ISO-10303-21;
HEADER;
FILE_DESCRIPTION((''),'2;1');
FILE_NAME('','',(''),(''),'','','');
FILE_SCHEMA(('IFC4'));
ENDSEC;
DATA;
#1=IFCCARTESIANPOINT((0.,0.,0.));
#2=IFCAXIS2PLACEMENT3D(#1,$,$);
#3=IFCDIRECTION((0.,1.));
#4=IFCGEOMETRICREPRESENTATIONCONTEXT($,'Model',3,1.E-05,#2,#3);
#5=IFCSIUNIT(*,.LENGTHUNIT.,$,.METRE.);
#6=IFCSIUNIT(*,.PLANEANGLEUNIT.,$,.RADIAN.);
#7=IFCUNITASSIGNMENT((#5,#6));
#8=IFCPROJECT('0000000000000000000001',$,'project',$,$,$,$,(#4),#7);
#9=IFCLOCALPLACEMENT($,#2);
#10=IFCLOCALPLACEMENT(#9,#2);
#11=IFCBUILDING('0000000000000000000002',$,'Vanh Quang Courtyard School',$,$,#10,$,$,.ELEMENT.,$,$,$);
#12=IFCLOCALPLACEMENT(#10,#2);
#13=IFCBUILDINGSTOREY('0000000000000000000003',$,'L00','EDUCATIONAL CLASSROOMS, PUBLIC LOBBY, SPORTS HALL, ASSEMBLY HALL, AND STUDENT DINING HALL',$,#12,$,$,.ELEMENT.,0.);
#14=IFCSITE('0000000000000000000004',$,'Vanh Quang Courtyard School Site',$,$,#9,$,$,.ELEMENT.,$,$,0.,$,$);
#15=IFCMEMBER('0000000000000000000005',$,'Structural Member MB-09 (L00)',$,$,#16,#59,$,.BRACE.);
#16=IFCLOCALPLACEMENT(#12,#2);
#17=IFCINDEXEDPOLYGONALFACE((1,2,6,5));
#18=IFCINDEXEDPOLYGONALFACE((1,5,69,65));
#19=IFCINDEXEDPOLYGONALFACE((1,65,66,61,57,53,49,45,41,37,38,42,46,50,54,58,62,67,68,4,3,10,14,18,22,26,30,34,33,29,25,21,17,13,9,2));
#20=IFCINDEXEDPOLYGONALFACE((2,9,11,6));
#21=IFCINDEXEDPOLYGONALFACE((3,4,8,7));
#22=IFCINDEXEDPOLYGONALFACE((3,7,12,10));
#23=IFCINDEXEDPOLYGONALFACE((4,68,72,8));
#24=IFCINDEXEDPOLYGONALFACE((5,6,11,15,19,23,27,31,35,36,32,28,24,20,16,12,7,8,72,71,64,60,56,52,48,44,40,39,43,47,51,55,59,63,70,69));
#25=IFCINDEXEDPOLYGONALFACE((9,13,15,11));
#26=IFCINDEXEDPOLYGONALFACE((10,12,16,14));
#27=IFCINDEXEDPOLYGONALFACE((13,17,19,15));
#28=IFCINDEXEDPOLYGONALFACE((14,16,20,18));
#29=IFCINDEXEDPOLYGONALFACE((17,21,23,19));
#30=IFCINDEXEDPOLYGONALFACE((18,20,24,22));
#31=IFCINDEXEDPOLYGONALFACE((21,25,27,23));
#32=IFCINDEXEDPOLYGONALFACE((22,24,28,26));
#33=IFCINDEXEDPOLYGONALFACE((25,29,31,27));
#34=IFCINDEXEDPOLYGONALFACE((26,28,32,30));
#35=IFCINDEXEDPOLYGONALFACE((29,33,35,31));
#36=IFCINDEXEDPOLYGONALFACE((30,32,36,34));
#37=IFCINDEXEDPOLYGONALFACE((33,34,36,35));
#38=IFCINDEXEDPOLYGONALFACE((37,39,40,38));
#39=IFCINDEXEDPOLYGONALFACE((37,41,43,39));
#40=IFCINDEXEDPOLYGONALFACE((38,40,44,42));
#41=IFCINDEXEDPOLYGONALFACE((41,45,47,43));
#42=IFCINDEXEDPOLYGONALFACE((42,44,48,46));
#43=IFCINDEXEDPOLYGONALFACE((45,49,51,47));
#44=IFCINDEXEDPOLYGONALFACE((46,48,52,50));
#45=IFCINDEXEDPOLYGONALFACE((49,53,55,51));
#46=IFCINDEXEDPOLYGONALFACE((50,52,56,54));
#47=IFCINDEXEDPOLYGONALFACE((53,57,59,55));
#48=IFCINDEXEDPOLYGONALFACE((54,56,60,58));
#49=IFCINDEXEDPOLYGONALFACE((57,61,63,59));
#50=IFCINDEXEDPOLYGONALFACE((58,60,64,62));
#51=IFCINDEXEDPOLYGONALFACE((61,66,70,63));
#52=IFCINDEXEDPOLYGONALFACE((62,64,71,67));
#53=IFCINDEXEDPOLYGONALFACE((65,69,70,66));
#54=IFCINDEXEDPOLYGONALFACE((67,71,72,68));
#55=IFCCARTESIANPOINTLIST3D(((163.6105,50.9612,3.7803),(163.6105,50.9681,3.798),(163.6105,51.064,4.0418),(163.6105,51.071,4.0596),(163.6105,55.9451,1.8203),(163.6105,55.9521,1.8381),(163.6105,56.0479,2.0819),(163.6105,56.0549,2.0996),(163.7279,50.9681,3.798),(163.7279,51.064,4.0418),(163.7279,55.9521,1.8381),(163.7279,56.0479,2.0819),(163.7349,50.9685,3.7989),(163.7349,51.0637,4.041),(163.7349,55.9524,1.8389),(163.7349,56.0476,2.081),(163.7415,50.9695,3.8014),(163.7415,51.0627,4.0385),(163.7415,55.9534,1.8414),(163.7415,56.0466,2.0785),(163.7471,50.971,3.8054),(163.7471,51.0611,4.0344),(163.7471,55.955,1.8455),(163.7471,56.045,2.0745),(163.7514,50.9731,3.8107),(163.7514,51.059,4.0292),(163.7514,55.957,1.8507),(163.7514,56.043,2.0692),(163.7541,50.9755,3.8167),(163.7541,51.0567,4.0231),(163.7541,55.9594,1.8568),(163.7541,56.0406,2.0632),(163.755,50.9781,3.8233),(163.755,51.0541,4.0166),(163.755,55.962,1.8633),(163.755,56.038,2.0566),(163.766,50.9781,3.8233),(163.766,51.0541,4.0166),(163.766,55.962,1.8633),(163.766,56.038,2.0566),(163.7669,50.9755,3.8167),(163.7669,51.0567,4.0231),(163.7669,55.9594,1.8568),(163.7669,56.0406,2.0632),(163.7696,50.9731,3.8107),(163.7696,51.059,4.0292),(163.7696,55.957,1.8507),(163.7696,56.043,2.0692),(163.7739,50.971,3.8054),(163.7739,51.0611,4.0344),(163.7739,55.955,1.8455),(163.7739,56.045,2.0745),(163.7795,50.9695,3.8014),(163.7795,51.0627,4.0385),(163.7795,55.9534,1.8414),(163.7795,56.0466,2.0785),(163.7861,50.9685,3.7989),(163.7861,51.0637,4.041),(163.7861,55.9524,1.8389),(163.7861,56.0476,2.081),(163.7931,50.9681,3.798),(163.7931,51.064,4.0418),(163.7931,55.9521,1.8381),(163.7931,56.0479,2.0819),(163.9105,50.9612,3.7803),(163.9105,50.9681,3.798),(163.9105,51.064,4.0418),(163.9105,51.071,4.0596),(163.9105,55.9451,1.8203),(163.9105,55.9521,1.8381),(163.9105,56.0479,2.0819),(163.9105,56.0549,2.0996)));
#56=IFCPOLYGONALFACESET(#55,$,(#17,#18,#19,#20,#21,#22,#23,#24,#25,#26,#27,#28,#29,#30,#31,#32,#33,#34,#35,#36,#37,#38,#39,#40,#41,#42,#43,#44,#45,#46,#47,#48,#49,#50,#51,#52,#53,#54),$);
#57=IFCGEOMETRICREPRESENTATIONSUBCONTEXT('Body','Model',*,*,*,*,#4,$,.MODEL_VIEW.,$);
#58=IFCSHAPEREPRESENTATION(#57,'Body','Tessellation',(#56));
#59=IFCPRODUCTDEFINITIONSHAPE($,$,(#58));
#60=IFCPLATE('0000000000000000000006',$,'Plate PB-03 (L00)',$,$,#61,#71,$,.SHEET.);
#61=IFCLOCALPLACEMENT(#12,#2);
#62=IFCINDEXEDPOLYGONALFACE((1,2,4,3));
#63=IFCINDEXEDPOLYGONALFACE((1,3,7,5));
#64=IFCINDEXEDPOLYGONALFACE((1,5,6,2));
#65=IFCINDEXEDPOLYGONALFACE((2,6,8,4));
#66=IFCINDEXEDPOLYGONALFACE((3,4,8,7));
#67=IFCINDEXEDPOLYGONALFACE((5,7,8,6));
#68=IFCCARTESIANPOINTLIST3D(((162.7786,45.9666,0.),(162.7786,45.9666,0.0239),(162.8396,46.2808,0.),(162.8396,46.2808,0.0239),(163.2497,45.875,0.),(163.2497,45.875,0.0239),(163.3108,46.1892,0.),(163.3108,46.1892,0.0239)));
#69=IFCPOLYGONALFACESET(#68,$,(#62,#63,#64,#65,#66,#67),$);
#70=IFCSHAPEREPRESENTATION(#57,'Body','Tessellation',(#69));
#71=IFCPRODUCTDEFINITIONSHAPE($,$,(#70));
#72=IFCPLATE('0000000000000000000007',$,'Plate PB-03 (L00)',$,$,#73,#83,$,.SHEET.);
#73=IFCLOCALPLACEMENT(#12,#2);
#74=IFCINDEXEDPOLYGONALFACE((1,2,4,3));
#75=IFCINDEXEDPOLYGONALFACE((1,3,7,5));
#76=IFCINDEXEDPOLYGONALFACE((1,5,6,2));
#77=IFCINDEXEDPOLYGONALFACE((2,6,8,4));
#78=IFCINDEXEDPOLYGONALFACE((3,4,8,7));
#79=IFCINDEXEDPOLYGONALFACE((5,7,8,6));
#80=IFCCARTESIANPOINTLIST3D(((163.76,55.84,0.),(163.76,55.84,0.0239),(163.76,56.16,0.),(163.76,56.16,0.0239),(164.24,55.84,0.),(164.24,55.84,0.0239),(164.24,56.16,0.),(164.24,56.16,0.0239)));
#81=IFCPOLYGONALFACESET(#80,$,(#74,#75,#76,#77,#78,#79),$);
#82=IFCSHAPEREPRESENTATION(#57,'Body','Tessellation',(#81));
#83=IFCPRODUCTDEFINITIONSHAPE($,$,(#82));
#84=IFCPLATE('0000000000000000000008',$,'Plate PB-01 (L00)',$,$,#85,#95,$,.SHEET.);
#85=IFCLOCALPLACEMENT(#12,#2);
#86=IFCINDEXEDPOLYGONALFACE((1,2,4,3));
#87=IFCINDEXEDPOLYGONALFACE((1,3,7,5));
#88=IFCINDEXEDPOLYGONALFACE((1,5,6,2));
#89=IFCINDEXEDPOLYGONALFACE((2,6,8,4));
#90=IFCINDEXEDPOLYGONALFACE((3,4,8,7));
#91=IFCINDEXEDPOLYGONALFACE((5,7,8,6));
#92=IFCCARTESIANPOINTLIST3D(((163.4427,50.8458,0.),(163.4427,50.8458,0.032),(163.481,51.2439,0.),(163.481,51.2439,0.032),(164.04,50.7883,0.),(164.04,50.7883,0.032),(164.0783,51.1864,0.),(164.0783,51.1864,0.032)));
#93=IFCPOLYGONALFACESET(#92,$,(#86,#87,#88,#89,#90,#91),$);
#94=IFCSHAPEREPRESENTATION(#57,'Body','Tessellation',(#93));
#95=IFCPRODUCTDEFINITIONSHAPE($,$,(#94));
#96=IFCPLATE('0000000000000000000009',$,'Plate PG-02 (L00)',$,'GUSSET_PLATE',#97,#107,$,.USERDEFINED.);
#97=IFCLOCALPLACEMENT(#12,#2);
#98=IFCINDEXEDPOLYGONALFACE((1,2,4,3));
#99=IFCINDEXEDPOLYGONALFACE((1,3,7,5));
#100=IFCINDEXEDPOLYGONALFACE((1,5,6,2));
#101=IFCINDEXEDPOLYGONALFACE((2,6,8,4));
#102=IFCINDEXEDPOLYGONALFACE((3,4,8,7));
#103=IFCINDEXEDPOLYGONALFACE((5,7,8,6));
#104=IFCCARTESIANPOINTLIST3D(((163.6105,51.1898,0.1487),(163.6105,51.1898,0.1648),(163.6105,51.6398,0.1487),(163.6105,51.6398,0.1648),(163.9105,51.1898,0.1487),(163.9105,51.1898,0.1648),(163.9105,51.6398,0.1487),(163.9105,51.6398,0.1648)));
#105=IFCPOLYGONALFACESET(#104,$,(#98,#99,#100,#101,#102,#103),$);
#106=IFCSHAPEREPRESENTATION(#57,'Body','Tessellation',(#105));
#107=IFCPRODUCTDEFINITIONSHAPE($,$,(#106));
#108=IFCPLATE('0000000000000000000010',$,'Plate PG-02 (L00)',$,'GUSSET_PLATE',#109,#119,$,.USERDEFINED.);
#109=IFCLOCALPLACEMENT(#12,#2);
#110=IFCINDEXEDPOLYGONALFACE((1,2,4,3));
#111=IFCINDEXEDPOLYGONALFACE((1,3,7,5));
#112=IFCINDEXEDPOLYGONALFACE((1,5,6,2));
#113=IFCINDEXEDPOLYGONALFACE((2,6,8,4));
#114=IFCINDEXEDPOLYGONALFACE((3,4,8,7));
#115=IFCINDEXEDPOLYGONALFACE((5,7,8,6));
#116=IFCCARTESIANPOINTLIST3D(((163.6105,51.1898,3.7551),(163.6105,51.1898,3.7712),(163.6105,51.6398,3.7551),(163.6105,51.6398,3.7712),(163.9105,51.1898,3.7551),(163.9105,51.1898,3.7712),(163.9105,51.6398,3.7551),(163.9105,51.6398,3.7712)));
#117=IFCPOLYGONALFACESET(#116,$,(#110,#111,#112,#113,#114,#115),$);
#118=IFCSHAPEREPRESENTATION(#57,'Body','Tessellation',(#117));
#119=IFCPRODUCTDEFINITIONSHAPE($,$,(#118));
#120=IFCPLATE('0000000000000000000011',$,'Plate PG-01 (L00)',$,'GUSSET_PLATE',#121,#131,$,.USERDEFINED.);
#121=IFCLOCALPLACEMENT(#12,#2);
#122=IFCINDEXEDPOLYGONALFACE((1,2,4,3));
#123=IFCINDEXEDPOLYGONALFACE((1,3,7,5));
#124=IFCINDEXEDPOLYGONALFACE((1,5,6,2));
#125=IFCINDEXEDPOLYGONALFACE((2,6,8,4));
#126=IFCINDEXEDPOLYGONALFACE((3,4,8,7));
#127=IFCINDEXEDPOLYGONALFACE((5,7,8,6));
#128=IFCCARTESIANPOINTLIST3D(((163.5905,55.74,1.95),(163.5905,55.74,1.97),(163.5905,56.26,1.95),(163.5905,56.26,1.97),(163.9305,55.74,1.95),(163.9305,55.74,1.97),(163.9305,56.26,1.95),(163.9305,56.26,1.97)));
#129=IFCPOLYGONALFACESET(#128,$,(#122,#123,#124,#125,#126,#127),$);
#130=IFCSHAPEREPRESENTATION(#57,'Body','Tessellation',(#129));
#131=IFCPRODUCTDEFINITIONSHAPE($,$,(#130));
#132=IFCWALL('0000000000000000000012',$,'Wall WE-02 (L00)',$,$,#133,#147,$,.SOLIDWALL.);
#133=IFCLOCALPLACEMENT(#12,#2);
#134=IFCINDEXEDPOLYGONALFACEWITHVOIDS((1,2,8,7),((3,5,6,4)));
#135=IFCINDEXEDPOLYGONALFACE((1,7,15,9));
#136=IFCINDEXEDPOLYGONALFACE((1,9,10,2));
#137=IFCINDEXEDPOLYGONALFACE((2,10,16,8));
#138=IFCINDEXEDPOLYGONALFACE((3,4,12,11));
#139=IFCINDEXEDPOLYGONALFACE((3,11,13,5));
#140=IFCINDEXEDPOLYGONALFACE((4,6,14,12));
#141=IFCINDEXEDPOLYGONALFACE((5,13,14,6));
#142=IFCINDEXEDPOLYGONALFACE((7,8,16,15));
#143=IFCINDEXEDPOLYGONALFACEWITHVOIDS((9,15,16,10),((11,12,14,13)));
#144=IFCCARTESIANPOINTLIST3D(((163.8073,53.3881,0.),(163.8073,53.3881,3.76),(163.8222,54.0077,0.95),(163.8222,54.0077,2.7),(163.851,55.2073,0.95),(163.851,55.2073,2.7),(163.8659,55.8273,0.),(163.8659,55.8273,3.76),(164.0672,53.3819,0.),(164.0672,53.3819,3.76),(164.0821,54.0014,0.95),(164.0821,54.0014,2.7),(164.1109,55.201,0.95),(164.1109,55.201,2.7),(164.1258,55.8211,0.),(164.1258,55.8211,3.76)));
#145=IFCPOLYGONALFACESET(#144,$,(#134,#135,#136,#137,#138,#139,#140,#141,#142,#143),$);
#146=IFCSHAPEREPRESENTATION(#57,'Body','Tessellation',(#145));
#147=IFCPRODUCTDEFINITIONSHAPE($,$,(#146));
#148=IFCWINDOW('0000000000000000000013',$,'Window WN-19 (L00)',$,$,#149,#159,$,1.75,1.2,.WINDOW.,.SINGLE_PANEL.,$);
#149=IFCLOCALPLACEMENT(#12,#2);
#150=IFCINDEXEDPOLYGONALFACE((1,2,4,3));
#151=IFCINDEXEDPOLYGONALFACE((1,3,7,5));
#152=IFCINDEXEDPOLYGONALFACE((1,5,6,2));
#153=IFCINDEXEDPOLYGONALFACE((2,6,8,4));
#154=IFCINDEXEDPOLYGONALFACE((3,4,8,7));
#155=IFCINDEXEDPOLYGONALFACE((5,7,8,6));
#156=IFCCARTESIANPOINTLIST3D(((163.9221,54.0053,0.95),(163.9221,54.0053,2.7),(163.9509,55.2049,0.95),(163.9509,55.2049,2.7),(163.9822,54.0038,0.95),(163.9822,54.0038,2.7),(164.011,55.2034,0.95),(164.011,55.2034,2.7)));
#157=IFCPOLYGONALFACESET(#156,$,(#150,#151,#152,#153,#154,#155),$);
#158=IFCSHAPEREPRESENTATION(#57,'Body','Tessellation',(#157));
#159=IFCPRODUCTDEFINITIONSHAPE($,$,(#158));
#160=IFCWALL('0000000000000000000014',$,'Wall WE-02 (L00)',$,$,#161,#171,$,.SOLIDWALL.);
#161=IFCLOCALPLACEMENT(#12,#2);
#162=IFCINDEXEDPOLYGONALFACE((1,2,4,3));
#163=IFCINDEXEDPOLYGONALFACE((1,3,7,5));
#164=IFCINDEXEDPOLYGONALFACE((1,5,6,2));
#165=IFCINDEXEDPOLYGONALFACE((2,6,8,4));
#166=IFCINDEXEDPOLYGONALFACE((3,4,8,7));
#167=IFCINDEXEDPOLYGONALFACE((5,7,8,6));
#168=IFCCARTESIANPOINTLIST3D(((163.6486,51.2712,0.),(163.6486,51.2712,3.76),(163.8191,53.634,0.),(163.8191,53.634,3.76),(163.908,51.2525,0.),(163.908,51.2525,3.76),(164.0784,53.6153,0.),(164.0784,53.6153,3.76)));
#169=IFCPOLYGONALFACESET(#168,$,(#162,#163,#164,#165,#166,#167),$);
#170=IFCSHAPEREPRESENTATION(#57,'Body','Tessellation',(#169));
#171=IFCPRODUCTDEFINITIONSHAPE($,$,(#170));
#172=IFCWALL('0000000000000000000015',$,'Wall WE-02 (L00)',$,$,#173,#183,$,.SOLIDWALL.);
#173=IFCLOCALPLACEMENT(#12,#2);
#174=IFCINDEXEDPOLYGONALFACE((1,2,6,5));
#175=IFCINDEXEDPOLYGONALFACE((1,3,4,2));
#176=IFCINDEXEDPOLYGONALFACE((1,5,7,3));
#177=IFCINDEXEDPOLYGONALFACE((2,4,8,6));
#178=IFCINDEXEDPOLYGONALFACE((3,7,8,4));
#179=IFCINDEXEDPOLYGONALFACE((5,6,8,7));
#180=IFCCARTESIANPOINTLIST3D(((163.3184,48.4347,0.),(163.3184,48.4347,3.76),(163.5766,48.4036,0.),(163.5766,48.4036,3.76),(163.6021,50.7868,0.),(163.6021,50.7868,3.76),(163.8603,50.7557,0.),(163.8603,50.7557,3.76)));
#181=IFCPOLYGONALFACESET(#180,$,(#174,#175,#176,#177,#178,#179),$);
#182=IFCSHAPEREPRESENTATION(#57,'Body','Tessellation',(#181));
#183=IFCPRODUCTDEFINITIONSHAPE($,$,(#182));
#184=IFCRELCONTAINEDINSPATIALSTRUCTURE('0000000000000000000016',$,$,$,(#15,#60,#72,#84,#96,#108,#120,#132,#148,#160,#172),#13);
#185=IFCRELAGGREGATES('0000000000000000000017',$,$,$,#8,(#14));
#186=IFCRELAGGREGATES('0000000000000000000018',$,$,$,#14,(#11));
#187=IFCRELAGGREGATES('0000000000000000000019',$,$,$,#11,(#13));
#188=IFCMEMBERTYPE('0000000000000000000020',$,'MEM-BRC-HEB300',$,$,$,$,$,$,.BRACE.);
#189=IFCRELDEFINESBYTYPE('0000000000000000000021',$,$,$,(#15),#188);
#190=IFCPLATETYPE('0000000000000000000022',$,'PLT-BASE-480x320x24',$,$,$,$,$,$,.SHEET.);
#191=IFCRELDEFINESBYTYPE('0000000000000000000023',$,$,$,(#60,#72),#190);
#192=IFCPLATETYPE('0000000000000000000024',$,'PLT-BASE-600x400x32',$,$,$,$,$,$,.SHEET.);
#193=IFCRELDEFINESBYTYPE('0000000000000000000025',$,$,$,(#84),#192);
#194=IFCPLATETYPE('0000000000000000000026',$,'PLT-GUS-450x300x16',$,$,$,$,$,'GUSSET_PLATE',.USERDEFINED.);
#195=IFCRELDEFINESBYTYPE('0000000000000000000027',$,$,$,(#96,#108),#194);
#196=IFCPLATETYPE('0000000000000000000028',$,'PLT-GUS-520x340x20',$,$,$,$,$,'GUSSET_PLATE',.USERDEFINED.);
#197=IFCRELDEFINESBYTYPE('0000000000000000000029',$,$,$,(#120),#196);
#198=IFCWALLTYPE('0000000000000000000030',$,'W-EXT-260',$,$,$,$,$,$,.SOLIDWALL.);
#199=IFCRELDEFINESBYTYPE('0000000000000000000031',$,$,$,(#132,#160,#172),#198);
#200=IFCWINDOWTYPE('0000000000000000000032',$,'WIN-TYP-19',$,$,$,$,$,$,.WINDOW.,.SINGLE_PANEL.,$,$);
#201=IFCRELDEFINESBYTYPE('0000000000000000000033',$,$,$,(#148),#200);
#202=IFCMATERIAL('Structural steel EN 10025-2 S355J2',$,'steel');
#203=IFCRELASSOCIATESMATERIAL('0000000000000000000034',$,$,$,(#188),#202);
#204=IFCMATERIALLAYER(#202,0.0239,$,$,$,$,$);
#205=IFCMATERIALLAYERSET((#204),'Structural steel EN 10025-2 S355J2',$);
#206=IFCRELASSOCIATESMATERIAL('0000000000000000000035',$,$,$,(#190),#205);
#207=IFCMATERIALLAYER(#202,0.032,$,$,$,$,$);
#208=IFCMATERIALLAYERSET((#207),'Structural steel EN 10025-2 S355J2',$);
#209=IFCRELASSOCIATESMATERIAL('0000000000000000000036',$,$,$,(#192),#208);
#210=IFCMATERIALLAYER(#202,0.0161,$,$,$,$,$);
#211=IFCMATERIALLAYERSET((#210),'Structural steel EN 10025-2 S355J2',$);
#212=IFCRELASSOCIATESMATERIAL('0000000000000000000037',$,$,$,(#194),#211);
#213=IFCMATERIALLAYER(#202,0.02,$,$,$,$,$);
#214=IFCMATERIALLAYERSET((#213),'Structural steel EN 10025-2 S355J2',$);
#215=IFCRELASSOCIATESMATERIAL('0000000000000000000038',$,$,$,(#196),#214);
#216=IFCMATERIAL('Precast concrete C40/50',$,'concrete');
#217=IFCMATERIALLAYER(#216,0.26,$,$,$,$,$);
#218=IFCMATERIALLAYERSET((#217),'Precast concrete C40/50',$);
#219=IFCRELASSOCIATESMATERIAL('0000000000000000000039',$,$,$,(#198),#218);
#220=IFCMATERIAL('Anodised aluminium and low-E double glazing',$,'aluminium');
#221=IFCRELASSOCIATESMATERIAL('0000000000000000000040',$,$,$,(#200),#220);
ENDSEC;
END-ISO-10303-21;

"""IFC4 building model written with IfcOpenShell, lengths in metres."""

from ifc_helpers import new_model, si_unit, direction, frame, frame_2d, origin, origin_2d, place, context, subcontext, project, spatial, rectangle, i_section, extrude, material, layer, layer_set, material_profile, profile_set, type_object, element, fill, save


model = new_model("IFC4")

# Units and contexts
model_context = context("Model", 3, precision=1e-05, world=origin(), true_north=direction((0.0, 1.0)))
body_context = subcontext(model_context, "Body", "Model", "MODEL_VIEW")
ifc_project = project(units=[si_unit("LENGTHUNIT", "METRE"), si_unit("PLANEANGLEUNIT", "RADIAN")], contexts=[model_context])

# Site, building, storey
site_placement = place(None, origin())
site = spatial("IfcSite", under=ifc_project, at=site_placement, Name="Vanh Quang Courtyard School Site", CompositionType="ELEMENT", RefElevation=0.0)
building_placement = place(site_placement, origin())
building = spatial("IfcBuilding", under=site, at=building_placement, Name="Vanh Quang Courtyard School", CompositionType="ELEMENT")
storey_placement = place(building_placement, origin())
storey = spatial("IfcBuildingStorey", under=building, at=storey_placement, Name="L00", Description="EDUCATIONAL CLASSROOMS, PUBLIC LOBBY, SPORTS HALL, ASSEMBLY HALL, AND STUDENT DINING HALL", CompositionType="ELEMENT", Elevation=0.0)

# Shared definitions
ifc_material_1 = material(Name="Structural steel EN 10025-2 S355J2", Category="steel")

# Member
ifc_material_profile_1 = material_profile(ifc_material_1, i_section(OverallWidth=0.3, OverallDepth=0.3, WebThickness=0.011, FlangeThickness=0.019, FilletRadius=0.0271, at=origin_2d()), Name="HEB 300")
ifc_profile_set_1 = profile_set([ifc_material_profile_1], Name="Structural steel EN 10025-2 S355J2")
member_type = type_object("IfcMemberType", Name="MEM-BRC-HEB300", PredefinedType="BRACE", material=ifc_profile_set_1)
member_1_placement = place(storey_placement, frame((163.7605, 56.0, 1.96), z_axis=(0.0, -0.930624, 0.365977), x_axis=(1.0, 0.0, 0.0)))
element("IfcMember", 1, at=member_1_placement, inside=storey, type_object=member_type, Name="Structural Member MB-09 (L00)", PredefinedType="BRACE", context=body_context, shape_type="SweptSolid", body=[
    extrude(i_section(OverallWidth=0.3, OverallDepth=0.3, WebThickness=0.011, FlangeThickness=0.019, FilletRadius=0.0271, at=origin_2d()), origin(), (0.0, 0.0, 1.0), 5.3555),
])

# Plates
ifc_layer_1 = layer(ifc_material_1, 0.0239)
ifc_layer_set_1 = layer_set([ifc_layer_1], Name="Structural steel EN 10025-2 S355J2")
plate_type_1 = type_object("IfcPlateType", Name="PLT-BASE-480x320x24", PredefinedType="SHEET", material=ifc_layer_set_1)
for number, where, z_axis, x_axis, name in (
    (2, (163.0447, 46.0779, 0.0), (0.0, 0.0, 1.0), (0.981627, -0.190809, 0.0), "Plate PB-03 (L00)"),
    (3, (164.0, 56.0, 0.0), (0.0, 0.0, 1.0), (1.0, 0.0, 0.0), "Plate PB-03 (L00)"),
):
    element("IfcPlate", number, at=place(storey_placement, frame(where, z_axis=z_axis, x_axis=x_axis)), inside=storey, type_object=plate_type_1, Name=name, PredefinedType="SHEET", context=body_context, shape_type="SweptSolid", body=[
        extrude(rectangle(XDim=0.48, YDim=0.3201, at=origin_2d()), origin(), (0.0, 0.0, 1.0), 0.0239),
    ])
ifc_layer_2 = layer(ifc_material_1, 0.032)
ifc_layer_set_2 = layer_set([ifc_layer_2], Name="Structural steel EN 10025-2 S355J2")
plate_type_2 = type_object("IfcPlateType", Name="PLT-BASE-600x400x32", PredefinedType="SHEET", material=ifc_layer_set_2)
plate_1_placement = place(storey_placement, frame((163.7605, 51.0161, 0.0), z_axis=(0.0, 0.0, 1.0), x_axis=(0.995396, -0.095846, 0.0)))
element("IfcPlate", 4, at=plate_1_placement, inside=storey, type_object=plate_type_2, Name="Plate PB-01 (L00)", PredefinedType="SHEET", context=body_context, shape_type="SweptSolid", body=[
    extrude(rectangle(XDim=0.6001, YDim=0.3999, at=origin_2d()), origin(), (0.0, 0.0, 1.0), 0.032),
])
ifc_layer_3 = layer(ifc_material_1, 0.0161)
ifc_layer_set_3 = layer_set([ifc_layer_3], Name="Structural steel EN 10025-2 S355J2")
plate_type_3 = type_object("IfcPlateType", Name="PLT-GUS-450x300x16", ElementType="GUSSET_PLATE", PredefinedType="USERDEFINED", material=ifc_layer_set_3)
for number, where, z_axis, x_axis, name in (
    (5, (163.7605, 51.4148, 0.1487), (0.0, 0.0, 1.0), (0.0, 1.0, 0.0), "Plate PG-02 (L00)"),
    (6, (163.7605, 51.4148, 3.7551), (0.0, 0.0, 1.0), (0.0, 1.0, 0.0), "Plate PG-02 (L00)"),
):
    element("IfcPlate", number, at=place(storey_placement, frame(where, z_axis=z_axis, x_axis=x_axis)), inside=storey, type_object=plate_type_3, Name=name, ObjectType="GUSSET_PLATE", PredefinedType="USERDEFINED", context=body_context, shape_type="SweptSolid", body=[
        extrude(rectangle(XDim=0.45, YDim=0.3, at=origin_2d()), origin(), (0.0, 0.0, 1.0), 0.0161),
    ])
ifc_layer_4 = layer(ifc_material_1, 0.02)
ifc_layer_set_4 = layer_set([ifc_layer_4], Name="Structural steel EN 10025-2 S355J2")
plate_type_4 = type_object("IfcPlateType", Name="PLT-GUS-520x340x20", ElementType="GUSSET_PLATE", PredefinedType="USERDEFINED", material=ifc_layer_set_4)
plate_2_placement = place(storey_placement, frame((163.7605, 56.0, 1.95), z_axis=(0.0, 0.0, 1.0), x_axis=(0.0, 1.0, 0.0)))
element("IfcPlate", 7, at=plate_2_placement, inside=storey, type_object=plate_type_4, Name="Plate PG-01 (L00)", ObjectType="GUSSET_PLATE", PredefinedType="USERDEFINED", context=body_context, shape_type="SweptSolid", body=[
    extrude(rectangle(XDim=0.52, YDim=0.3401, at=origin_2d()), origin(), (0.0, 0.0, 1.0), 0.02),
])

# Wall, opening, window
ifc_material_2 = material(Name="Precast concrete C40/50", Category="concrete")
ifc_layer_5 = layer(ifc_material_2, 0.26)
ifc_layer_set_5 = layer_set([ifc_layer_5], Name="Precast concrete C40/50")
wall_type = type_object("IfcWallType", Name="W-EXT-260", PredefinedType="SOLIDWALL", material=ifc_layer_set_5)
wall_1_placement = place(storey_placement, frame((163.9958, 55.8242, 0.0), z_axis=(0.0, 0.0, 1.0), x_axis=(-0.024015, -0.999712, 0.0)))
wall_1 = element("IfcWall", 8, at=wall_1_placement, inside=storey, type_object=wall_type, Name="Wall WE-02 (L00)", PredefinedType="SOLIDWALL", context=body_context, shape_type="SweptSolid", body=[
    extrude(rectangle(XDim=2.4399, YDim=0.26, at=frame_2d((1.22, 0.0))), origin(), (0.0, 0.0, 1.0), 3.76),
])
opening_1_placement = place(wall_1_placement, frame((0.6201, 0.0, 0.95)))
opening_1 = element("IfcOpeningElement", 9, at=opening_1_placement, cuts=wall_1, PredefinedType="OPENING", context=body_context, shape_type="SweptSolid", body=[
    extrude(rectangle(XDim=1.2, YDim=1.75, at=frame_2d((0.6001, 0.875))), frame((0.0, 0.1401, 0.0), z_axis=(0.0, -1.0, 0.0), x_axis=(1.0, 0.0, 0.0)), (0.0, 0.0, 1.0), 0.28),
])
ifc_material_3 = material(Name="Anodised aluminium and low-E double glazing", Category="aluminium")
window_type_1 = type_object("IfcWindowType", Name="WIN-TYP-19", PartitioningType="SINGLE_PANEL", PredefinedType="WINDOW", material=ifc_material_3)
window_1_placement = place(opening_1_placement, origin())
window_1 = element("IfcWindow", 10, at=window_1_placement, inside=storey, type_object=window_type_1, Name="Window WN-19 (L00)", OverallHeight=1.75, OverallWidth=1.2, PartitioningType="SINGLE_PANEL", PredefinedType="WINDOW", context=body_context, shape_type="SweptSolid", body=[
    extrude(rectangle(XDim=1.2, YDim=1.75, at=frame_2d((0.6001, 0.875))), frame((0.0, 0.03, 0.0), z_axis=(0.0, -1.0, 0.0), x_axis=(1.0, 0.0, 0.0)), (0.0, 0.0, 1.0), 0.0601),
])
fill(opening_1, window_1)

# Walls
wall_2_placement = place(storey_placement, frame((163.9487, 53.6248, 0.0), z_axis=(0.0, 0.0, 1.0), x_axis=(-0.071935, -0.997409, 0.0)))
element("IfcWall", 11, at=wall_2_placement, inside=storey, type_object=wall_type, Name="Wall WE-02 (L00)", PredefinedType="SOLIDWALL", context=body_context, shape_type="SweptSolid", body=[
    extrude(rectangle(XDim=2.3689, YDim=0.26, at=frame_2d((1.1846, 0.0))), origin(), (0.0, 0.0, 1.0), 3.76),
])
wall_3_placement = place(storey_placement, frame((163.7312, 50.7712, 0.0), z_axis=(0.0, 0.0, 1.0), x_axis=(-0.119747, -0.992804, 0.0)))
element("IfcWall", 12, at=wall_3_placement, inside=storey, type_object=wall_type, Name="Wall WE-02 (L00)", PredefinedType="SOLIDWALL", context=body_context, shape_type="SweptSolid", body=[
    extrude(rectangle(XDim=2.3691, YDim=0.26, at=frame_2d((1.1846, 0.0))), origin(), (0.0, 0.0, 1.0), 3.76),
])

save(model, "model.ifc")
